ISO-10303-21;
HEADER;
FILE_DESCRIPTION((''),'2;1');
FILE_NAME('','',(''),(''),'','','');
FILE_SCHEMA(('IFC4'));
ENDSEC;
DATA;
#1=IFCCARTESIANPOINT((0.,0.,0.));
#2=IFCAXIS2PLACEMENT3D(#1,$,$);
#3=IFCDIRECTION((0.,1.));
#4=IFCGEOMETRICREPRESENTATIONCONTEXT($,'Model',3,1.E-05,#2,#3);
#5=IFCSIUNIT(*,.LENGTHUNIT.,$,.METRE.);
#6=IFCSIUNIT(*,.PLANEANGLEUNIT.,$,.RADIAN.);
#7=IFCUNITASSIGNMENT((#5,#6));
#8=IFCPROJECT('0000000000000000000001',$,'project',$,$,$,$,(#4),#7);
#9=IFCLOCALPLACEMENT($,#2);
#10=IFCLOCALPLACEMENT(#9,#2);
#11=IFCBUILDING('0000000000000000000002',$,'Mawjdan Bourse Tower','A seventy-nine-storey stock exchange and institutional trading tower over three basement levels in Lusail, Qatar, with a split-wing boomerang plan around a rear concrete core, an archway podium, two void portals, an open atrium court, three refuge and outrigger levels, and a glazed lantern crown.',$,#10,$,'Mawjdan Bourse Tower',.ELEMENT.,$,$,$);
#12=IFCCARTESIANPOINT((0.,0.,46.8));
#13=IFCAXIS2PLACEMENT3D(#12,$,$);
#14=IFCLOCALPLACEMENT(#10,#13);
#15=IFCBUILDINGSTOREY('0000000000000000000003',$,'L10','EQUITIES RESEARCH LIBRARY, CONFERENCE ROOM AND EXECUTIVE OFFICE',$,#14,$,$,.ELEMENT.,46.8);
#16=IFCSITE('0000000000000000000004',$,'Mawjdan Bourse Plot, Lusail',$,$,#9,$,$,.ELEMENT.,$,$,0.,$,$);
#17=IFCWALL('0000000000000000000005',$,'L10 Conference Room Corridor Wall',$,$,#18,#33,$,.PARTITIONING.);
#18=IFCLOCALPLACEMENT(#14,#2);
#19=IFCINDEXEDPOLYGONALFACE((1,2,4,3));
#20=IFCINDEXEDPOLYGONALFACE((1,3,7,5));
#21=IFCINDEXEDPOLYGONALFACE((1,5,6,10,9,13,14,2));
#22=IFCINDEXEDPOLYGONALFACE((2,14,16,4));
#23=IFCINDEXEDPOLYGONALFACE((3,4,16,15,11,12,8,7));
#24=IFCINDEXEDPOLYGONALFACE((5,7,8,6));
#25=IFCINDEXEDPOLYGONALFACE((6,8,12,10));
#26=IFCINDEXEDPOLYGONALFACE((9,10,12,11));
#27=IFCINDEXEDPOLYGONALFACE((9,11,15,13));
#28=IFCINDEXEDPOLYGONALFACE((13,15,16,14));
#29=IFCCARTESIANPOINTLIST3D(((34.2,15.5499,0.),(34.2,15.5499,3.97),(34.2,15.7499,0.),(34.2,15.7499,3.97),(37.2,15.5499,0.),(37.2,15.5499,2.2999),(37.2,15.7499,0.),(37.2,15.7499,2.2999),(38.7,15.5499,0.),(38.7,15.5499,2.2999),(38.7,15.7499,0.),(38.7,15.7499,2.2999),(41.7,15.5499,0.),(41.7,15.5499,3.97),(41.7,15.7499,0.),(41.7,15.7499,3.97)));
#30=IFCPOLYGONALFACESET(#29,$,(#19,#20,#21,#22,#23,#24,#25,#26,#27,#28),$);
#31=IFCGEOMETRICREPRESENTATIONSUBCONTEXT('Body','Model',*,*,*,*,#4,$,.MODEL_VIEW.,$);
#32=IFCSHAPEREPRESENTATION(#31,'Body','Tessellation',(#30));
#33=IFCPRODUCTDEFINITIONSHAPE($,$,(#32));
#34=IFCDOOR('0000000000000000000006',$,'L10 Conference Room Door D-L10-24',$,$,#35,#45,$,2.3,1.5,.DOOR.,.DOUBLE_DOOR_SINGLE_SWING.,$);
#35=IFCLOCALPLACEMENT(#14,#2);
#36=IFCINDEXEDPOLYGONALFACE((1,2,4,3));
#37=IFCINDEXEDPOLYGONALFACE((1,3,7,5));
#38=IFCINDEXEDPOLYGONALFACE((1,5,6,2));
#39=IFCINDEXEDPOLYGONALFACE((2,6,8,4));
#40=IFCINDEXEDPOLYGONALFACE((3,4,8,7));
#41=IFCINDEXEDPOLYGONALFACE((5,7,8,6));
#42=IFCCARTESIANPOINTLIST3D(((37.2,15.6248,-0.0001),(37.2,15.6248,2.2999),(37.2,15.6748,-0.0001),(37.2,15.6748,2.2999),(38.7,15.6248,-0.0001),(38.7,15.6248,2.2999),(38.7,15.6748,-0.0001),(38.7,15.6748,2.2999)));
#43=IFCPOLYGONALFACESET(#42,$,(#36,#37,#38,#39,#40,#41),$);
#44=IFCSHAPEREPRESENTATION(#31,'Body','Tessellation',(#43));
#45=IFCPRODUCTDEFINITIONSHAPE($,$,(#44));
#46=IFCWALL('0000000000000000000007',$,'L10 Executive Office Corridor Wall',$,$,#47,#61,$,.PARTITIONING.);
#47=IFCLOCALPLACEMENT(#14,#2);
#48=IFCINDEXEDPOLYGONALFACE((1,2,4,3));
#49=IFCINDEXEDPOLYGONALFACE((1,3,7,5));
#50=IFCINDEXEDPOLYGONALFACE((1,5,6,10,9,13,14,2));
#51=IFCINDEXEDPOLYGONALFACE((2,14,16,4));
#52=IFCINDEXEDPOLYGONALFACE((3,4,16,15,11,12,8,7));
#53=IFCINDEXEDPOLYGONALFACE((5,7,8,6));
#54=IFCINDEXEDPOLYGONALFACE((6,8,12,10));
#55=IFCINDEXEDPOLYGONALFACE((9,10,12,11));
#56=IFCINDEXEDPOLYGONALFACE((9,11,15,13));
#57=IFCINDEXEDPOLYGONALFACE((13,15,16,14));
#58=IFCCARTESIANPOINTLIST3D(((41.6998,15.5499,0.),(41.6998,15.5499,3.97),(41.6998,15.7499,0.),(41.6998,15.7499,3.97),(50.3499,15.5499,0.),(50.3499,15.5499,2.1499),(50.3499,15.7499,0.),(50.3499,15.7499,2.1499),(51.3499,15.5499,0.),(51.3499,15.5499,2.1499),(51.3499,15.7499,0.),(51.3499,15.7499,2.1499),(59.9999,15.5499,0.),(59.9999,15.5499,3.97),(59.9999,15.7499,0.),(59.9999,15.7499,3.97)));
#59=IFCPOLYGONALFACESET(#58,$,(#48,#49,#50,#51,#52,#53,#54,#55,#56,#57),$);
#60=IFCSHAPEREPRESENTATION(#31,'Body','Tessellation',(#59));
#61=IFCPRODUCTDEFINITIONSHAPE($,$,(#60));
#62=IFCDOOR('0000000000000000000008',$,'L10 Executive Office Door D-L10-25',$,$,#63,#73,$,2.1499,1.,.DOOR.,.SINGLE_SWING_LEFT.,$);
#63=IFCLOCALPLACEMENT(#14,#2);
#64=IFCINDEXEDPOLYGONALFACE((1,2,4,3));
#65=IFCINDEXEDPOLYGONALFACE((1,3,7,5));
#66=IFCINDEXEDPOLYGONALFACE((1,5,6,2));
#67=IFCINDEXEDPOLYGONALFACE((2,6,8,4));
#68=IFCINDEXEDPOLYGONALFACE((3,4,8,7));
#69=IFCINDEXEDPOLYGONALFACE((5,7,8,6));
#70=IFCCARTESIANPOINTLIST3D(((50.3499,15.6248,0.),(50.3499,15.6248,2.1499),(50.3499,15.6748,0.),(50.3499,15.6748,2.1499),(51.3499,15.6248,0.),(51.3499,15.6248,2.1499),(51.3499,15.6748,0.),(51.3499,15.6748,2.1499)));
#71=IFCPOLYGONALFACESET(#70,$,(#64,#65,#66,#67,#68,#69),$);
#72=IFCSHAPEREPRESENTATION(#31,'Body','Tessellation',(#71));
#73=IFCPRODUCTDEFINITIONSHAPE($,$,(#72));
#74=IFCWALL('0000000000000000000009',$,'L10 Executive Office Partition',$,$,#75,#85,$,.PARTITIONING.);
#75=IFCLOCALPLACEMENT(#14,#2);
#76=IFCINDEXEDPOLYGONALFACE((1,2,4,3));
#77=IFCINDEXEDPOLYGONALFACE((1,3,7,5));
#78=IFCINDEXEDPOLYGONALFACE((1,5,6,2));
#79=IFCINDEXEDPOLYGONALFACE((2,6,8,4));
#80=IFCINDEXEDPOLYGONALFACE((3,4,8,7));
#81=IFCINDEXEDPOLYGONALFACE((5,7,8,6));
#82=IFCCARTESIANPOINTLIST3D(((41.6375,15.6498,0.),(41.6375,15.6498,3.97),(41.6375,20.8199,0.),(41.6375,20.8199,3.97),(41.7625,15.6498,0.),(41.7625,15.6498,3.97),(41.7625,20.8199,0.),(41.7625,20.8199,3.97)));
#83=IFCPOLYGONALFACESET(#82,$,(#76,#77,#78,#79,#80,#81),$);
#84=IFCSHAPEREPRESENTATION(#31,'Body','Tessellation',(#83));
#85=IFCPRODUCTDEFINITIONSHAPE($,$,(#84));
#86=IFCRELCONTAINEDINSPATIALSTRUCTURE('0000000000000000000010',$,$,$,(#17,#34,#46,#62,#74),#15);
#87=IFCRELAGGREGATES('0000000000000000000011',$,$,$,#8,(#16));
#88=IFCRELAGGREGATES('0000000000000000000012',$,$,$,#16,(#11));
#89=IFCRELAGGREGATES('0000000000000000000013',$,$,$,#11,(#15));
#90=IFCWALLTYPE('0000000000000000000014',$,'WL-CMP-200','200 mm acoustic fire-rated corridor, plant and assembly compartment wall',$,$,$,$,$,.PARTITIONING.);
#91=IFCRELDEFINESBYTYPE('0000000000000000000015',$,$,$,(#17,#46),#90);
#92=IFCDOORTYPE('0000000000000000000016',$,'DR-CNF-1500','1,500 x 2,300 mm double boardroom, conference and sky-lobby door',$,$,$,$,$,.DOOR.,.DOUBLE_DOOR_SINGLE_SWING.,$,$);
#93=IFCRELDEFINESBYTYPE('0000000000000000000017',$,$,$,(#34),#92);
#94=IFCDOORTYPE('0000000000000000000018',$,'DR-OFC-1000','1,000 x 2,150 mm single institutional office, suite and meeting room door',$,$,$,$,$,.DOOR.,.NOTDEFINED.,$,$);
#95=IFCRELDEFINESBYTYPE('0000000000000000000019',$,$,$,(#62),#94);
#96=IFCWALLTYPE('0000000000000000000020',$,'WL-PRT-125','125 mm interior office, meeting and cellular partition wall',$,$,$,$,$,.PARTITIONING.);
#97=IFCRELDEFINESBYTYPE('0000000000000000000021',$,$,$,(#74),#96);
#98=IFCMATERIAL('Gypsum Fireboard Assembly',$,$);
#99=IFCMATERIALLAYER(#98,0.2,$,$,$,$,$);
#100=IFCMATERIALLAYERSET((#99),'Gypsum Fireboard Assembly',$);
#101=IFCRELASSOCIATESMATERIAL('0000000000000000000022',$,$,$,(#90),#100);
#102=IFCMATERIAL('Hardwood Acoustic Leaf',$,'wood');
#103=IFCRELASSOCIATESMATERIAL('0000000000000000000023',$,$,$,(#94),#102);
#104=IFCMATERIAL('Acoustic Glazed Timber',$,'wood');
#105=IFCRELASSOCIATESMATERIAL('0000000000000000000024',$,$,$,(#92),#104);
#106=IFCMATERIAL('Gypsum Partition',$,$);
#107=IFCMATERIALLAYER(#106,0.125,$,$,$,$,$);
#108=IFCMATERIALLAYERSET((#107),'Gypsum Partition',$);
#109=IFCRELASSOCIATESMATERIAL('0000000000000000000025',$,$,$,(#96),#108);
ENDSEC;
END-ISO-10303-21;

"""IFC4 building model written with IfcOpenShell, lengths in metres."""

from ifc_helpers import new_model, si_unit, direction, frame, frame_2d, origin, place, context, subcontext, project, spatial, rectangle, extrude, material, layer, layer_set, type_object, element, fill, save


model = new_model("IFC4")

# Units and contexts
model_context = context("Model", 3, precision=1e-05, world=origin(), true_north=direction((0.0, 1.0)))
body_context = subcontext(model_context, "Body", "Model", "MODEL_VIEW")
ifc_project = project(units=[si_unit("LENGTHUNIT", "METRE"), si_unit("PLANEANGLEUNIT", "RADIAN")], contexts=[model_context])

# Site, building, storey
site_placement = place(None, origin())
site = spatial("IfcSite", under=ifc_project, at=site_placement, Name="Mawjdan Bourse Plot, Lusail", CompositionType="ELEMENT", RefElevation=0.0)
building_placement = place(site_placement, origin())
building = spatial("IfcBuilding", under=site, at=building_placement, Name="Mawjdan Bourse Tower", Description="A seventy-nine-storey stock exchange and institutional trading tower over three basement levels in Lusail, Qatar, with a split-wing boomerang plan around a rear concrete core, an archway podium, two void portals, an open atrium court, three refuge and outrigger levels, and a glazed lantern crown.", LongName="Mawjdan Bourse Tower", CompositionType="ELEMENT")
storey_placement = place(building_placement, frame((0.0, 0.0, 46.8)))
storey = spatial("IfcBuildingStorey", under=building, at=storey_placement, Name="L10", Description="EQUITIES RESEARCH LIBRARY, CONFERENCE ROOM AND EXECUTIVE OFFICE", CompositionType="ELEMENT", Elevation=46.8)

# Walls, openings, doors
ifc_material_1 = material(Name="Gypsum Fireboard Assembly")
ifc_layer_1 = layer(ifc_material_1, 0.2)
ifc_layer_set_1 = layer_set([ifc_layer_1], Name="Gypsum Fireboard Assembly")
wall_type_1 = type_object("IfcWallType", Name="WL-CMP-200", Description="200 mm acoustic fire-rated corridor, plant and assembly compartment wall", PredefinedType="PARTITIONING", material=ifc_layer_set_1)
ifc_material_2 = material(Name="Hardwood Acoustic Leaf", Category="wood")
door_type_1 = type_object("IfcDoorType", Name="DR-OFC-1000", Description="1,000 x 2,150 mm single institutional office, suite and meeting room door", OperationType="NOTDEFINED", PredefinedType="DOOR", material=ifc_material_2)
wall_1_placement = place(storey_placement, frame((34.2, 15.6499, 0.0), z_axis=(0.0, 0.0, 1.0), x_axis=(1.0, 0.0, 0.0)))
wall_1 = element("IfcWall", 1, at=wall_1_placement, inside=storey, type_object=wall_type_1, Name="L10 Conference Room Corridor Wall", PredefinedType="PARTITIONING", context=body_context, shape_type="SweptSolid", body=[
    extrude(rectangle(XDim=7.5, YDim=0.2, at=frame_2d((3.75, 0.0))), origin(), (0.0, 0.0, 1.0), 3.97),
])
opening_1_placement = place(wall_1_placement, frame((3.0, 0.0, 0.0)))
opening_1 = element("IfcOpeningElement", 2, at=opening_1_placement, cuts=wall_1, PredefinedType="OPENING", context=body_context, shape_type="SweptSolid", body=[
    extrude(rectangle(XDim=1.5, YDim=2.3, at=frame_2d((0.75, 1.1499))), frame((0.0, 0.1099, 0.0), z_axis=(0.0, -1.0, 0.0), x_axis=(1.0, 0.0, 0.0)), (0.0, 0.0, 1.0), 0.22),
])
ifc_material_3 = material(Name="Acoustic Glazed Timber", Category="wood")
door_type_2 = type_object("IfcDoorType", Name="DR-CNF-1500", Description="1,500 x 2,300 mm double boardroom, conference and sky-lobby door", OperationType="DOUBLE_DOOR_SINGLE_SWING", PredefinedType="DOOR", material=ifc_material_3)
door_1_placement = place(opening_1_placement, origin())
door_1 = element("IfcDoor", 3, at=door_1_placement, inside=storey, type_object=door_type_2, Name="L10 Conference Room Door D-L10-24", OperationType="DOUBLE_DOOR_SINGLE_SWING", OverallHeight=2.3, OverallWidth=1.5, PredefinedType="DOOR", context=body_context, shape_type="SweptSolid", body=[
    extrude(rectangle(XDim=1.5, YDim=2.3, at=frame_2d((0.75, 1.1499))), frame((0.0, 0.0249, 0.0), z_axis=(0.0, -1.0, 0.0), x_axis=(1.0, 0.0, 0.0)), (0.0, 0.0, 1.0), 0.05),
])
fill(opening_1, door_1)
wall_2_placement = place(storey_placement, frame((41.7, 15.6499, 0.0), z_axis=(0.0, 0.0, 1.0), x_axis=(1.0, 0.0, 0.0)))
wall_2 = element("IfcWall", 4, at=wall_2_placement, inside=storey, type_object=wall_type_1, Name="L10 Executive Office Corridor Wall", PredefinedType="PARTITIONING", context=body_context, shape_type="SweptSolid", body=[
    extrude(rectangle(XDim=18.3, YDim=0.2, at=frame_2d((9.1499, 0.0))), origin(), (0.0, 0.0, 1.0), 3.97),
])
opening_2_placement = place(wall_2_placement, frame((8.6499, 0.0, 0.0)))
opening_2 = element("IfcOpeningElement", 5, at=opening_2_placement, cuts=wall_2, PredefinedType="OPENING", context=body_context, shape_type="SweptSolid", body=[
    extrude(rectangle(XDim=1.0, YDim=2.1499, at=frame_2d((0.5, 1.075))), frame((0.0, 0.1099, 0.0), z_axis=(0.0, -1.0, 0.0), x_axis=(1.0, 0.0, 0.0)), (0.0, 0.0, 1.0), 0.22),
])
door_2_placement = place(opening_2_placement, origin())
door_2 = element("IfcDoor", 6, at=door_2_placement, inside=storey, type_object=door_type_1, Name="L10 Executive Office Door D-L10-25", OperationType="SINGLE_SWING_LEFT", OverallHeight=2.1499, OverallWidth=1.0, PredefinedType="DOOR", context=body_context, shape_type="SweptSolid", body=[
    extrude(rectangle(XDim=1.0, YDim=2.1499, at=frame_2d((0.5, 1.075))), frame((0.0, 0.0249, 0.0), z_axis=(0.0, -1.0, 0.0), x_axis=(1.0, 0.0, 0.0)), (0.0, 0.0, 1.0), 0.05),
])
fill(opening_2, door_2)

# Wall
ifc_material_4 = material(Name="Gypsum Partition")
ifc_layer_2 = layer(ifc_material_4, 0.125)
ifc_layer_set_2 = layer_set([ifc_layer_2], Name="Gypsum Partition")
wall_type_2 = type_object("IfcWallType", Name="WL-PRT-125", Description="125 mm interior office, meeting and cellular partition wall", PredefinedType="PARTITIONING", material=ifc_layer_set_2)
wall_3_placement = place(storey_placement, frame((41.7, 15.6499, 0.0), z_axis=(0.0, 0.0, 1.0), x_axis=(0.0, 1.0, 0.0)))
element("IfcWall", 7, at=wall_3_placement, inside=storey, type_object=wall_type_2, Name="L10 Executive Office Partition", PredefinedType="PARTITIONING", context=body_context, shape_type="SweptSolid", body=[
    extrude(rectangle(XDim=5.1702, YDim=0.125, at=frame_2d((2.585, 0.0))), origin(), (0.0, 0.0, 1.0), 3.97),
])

save(model, "model.ifc")
